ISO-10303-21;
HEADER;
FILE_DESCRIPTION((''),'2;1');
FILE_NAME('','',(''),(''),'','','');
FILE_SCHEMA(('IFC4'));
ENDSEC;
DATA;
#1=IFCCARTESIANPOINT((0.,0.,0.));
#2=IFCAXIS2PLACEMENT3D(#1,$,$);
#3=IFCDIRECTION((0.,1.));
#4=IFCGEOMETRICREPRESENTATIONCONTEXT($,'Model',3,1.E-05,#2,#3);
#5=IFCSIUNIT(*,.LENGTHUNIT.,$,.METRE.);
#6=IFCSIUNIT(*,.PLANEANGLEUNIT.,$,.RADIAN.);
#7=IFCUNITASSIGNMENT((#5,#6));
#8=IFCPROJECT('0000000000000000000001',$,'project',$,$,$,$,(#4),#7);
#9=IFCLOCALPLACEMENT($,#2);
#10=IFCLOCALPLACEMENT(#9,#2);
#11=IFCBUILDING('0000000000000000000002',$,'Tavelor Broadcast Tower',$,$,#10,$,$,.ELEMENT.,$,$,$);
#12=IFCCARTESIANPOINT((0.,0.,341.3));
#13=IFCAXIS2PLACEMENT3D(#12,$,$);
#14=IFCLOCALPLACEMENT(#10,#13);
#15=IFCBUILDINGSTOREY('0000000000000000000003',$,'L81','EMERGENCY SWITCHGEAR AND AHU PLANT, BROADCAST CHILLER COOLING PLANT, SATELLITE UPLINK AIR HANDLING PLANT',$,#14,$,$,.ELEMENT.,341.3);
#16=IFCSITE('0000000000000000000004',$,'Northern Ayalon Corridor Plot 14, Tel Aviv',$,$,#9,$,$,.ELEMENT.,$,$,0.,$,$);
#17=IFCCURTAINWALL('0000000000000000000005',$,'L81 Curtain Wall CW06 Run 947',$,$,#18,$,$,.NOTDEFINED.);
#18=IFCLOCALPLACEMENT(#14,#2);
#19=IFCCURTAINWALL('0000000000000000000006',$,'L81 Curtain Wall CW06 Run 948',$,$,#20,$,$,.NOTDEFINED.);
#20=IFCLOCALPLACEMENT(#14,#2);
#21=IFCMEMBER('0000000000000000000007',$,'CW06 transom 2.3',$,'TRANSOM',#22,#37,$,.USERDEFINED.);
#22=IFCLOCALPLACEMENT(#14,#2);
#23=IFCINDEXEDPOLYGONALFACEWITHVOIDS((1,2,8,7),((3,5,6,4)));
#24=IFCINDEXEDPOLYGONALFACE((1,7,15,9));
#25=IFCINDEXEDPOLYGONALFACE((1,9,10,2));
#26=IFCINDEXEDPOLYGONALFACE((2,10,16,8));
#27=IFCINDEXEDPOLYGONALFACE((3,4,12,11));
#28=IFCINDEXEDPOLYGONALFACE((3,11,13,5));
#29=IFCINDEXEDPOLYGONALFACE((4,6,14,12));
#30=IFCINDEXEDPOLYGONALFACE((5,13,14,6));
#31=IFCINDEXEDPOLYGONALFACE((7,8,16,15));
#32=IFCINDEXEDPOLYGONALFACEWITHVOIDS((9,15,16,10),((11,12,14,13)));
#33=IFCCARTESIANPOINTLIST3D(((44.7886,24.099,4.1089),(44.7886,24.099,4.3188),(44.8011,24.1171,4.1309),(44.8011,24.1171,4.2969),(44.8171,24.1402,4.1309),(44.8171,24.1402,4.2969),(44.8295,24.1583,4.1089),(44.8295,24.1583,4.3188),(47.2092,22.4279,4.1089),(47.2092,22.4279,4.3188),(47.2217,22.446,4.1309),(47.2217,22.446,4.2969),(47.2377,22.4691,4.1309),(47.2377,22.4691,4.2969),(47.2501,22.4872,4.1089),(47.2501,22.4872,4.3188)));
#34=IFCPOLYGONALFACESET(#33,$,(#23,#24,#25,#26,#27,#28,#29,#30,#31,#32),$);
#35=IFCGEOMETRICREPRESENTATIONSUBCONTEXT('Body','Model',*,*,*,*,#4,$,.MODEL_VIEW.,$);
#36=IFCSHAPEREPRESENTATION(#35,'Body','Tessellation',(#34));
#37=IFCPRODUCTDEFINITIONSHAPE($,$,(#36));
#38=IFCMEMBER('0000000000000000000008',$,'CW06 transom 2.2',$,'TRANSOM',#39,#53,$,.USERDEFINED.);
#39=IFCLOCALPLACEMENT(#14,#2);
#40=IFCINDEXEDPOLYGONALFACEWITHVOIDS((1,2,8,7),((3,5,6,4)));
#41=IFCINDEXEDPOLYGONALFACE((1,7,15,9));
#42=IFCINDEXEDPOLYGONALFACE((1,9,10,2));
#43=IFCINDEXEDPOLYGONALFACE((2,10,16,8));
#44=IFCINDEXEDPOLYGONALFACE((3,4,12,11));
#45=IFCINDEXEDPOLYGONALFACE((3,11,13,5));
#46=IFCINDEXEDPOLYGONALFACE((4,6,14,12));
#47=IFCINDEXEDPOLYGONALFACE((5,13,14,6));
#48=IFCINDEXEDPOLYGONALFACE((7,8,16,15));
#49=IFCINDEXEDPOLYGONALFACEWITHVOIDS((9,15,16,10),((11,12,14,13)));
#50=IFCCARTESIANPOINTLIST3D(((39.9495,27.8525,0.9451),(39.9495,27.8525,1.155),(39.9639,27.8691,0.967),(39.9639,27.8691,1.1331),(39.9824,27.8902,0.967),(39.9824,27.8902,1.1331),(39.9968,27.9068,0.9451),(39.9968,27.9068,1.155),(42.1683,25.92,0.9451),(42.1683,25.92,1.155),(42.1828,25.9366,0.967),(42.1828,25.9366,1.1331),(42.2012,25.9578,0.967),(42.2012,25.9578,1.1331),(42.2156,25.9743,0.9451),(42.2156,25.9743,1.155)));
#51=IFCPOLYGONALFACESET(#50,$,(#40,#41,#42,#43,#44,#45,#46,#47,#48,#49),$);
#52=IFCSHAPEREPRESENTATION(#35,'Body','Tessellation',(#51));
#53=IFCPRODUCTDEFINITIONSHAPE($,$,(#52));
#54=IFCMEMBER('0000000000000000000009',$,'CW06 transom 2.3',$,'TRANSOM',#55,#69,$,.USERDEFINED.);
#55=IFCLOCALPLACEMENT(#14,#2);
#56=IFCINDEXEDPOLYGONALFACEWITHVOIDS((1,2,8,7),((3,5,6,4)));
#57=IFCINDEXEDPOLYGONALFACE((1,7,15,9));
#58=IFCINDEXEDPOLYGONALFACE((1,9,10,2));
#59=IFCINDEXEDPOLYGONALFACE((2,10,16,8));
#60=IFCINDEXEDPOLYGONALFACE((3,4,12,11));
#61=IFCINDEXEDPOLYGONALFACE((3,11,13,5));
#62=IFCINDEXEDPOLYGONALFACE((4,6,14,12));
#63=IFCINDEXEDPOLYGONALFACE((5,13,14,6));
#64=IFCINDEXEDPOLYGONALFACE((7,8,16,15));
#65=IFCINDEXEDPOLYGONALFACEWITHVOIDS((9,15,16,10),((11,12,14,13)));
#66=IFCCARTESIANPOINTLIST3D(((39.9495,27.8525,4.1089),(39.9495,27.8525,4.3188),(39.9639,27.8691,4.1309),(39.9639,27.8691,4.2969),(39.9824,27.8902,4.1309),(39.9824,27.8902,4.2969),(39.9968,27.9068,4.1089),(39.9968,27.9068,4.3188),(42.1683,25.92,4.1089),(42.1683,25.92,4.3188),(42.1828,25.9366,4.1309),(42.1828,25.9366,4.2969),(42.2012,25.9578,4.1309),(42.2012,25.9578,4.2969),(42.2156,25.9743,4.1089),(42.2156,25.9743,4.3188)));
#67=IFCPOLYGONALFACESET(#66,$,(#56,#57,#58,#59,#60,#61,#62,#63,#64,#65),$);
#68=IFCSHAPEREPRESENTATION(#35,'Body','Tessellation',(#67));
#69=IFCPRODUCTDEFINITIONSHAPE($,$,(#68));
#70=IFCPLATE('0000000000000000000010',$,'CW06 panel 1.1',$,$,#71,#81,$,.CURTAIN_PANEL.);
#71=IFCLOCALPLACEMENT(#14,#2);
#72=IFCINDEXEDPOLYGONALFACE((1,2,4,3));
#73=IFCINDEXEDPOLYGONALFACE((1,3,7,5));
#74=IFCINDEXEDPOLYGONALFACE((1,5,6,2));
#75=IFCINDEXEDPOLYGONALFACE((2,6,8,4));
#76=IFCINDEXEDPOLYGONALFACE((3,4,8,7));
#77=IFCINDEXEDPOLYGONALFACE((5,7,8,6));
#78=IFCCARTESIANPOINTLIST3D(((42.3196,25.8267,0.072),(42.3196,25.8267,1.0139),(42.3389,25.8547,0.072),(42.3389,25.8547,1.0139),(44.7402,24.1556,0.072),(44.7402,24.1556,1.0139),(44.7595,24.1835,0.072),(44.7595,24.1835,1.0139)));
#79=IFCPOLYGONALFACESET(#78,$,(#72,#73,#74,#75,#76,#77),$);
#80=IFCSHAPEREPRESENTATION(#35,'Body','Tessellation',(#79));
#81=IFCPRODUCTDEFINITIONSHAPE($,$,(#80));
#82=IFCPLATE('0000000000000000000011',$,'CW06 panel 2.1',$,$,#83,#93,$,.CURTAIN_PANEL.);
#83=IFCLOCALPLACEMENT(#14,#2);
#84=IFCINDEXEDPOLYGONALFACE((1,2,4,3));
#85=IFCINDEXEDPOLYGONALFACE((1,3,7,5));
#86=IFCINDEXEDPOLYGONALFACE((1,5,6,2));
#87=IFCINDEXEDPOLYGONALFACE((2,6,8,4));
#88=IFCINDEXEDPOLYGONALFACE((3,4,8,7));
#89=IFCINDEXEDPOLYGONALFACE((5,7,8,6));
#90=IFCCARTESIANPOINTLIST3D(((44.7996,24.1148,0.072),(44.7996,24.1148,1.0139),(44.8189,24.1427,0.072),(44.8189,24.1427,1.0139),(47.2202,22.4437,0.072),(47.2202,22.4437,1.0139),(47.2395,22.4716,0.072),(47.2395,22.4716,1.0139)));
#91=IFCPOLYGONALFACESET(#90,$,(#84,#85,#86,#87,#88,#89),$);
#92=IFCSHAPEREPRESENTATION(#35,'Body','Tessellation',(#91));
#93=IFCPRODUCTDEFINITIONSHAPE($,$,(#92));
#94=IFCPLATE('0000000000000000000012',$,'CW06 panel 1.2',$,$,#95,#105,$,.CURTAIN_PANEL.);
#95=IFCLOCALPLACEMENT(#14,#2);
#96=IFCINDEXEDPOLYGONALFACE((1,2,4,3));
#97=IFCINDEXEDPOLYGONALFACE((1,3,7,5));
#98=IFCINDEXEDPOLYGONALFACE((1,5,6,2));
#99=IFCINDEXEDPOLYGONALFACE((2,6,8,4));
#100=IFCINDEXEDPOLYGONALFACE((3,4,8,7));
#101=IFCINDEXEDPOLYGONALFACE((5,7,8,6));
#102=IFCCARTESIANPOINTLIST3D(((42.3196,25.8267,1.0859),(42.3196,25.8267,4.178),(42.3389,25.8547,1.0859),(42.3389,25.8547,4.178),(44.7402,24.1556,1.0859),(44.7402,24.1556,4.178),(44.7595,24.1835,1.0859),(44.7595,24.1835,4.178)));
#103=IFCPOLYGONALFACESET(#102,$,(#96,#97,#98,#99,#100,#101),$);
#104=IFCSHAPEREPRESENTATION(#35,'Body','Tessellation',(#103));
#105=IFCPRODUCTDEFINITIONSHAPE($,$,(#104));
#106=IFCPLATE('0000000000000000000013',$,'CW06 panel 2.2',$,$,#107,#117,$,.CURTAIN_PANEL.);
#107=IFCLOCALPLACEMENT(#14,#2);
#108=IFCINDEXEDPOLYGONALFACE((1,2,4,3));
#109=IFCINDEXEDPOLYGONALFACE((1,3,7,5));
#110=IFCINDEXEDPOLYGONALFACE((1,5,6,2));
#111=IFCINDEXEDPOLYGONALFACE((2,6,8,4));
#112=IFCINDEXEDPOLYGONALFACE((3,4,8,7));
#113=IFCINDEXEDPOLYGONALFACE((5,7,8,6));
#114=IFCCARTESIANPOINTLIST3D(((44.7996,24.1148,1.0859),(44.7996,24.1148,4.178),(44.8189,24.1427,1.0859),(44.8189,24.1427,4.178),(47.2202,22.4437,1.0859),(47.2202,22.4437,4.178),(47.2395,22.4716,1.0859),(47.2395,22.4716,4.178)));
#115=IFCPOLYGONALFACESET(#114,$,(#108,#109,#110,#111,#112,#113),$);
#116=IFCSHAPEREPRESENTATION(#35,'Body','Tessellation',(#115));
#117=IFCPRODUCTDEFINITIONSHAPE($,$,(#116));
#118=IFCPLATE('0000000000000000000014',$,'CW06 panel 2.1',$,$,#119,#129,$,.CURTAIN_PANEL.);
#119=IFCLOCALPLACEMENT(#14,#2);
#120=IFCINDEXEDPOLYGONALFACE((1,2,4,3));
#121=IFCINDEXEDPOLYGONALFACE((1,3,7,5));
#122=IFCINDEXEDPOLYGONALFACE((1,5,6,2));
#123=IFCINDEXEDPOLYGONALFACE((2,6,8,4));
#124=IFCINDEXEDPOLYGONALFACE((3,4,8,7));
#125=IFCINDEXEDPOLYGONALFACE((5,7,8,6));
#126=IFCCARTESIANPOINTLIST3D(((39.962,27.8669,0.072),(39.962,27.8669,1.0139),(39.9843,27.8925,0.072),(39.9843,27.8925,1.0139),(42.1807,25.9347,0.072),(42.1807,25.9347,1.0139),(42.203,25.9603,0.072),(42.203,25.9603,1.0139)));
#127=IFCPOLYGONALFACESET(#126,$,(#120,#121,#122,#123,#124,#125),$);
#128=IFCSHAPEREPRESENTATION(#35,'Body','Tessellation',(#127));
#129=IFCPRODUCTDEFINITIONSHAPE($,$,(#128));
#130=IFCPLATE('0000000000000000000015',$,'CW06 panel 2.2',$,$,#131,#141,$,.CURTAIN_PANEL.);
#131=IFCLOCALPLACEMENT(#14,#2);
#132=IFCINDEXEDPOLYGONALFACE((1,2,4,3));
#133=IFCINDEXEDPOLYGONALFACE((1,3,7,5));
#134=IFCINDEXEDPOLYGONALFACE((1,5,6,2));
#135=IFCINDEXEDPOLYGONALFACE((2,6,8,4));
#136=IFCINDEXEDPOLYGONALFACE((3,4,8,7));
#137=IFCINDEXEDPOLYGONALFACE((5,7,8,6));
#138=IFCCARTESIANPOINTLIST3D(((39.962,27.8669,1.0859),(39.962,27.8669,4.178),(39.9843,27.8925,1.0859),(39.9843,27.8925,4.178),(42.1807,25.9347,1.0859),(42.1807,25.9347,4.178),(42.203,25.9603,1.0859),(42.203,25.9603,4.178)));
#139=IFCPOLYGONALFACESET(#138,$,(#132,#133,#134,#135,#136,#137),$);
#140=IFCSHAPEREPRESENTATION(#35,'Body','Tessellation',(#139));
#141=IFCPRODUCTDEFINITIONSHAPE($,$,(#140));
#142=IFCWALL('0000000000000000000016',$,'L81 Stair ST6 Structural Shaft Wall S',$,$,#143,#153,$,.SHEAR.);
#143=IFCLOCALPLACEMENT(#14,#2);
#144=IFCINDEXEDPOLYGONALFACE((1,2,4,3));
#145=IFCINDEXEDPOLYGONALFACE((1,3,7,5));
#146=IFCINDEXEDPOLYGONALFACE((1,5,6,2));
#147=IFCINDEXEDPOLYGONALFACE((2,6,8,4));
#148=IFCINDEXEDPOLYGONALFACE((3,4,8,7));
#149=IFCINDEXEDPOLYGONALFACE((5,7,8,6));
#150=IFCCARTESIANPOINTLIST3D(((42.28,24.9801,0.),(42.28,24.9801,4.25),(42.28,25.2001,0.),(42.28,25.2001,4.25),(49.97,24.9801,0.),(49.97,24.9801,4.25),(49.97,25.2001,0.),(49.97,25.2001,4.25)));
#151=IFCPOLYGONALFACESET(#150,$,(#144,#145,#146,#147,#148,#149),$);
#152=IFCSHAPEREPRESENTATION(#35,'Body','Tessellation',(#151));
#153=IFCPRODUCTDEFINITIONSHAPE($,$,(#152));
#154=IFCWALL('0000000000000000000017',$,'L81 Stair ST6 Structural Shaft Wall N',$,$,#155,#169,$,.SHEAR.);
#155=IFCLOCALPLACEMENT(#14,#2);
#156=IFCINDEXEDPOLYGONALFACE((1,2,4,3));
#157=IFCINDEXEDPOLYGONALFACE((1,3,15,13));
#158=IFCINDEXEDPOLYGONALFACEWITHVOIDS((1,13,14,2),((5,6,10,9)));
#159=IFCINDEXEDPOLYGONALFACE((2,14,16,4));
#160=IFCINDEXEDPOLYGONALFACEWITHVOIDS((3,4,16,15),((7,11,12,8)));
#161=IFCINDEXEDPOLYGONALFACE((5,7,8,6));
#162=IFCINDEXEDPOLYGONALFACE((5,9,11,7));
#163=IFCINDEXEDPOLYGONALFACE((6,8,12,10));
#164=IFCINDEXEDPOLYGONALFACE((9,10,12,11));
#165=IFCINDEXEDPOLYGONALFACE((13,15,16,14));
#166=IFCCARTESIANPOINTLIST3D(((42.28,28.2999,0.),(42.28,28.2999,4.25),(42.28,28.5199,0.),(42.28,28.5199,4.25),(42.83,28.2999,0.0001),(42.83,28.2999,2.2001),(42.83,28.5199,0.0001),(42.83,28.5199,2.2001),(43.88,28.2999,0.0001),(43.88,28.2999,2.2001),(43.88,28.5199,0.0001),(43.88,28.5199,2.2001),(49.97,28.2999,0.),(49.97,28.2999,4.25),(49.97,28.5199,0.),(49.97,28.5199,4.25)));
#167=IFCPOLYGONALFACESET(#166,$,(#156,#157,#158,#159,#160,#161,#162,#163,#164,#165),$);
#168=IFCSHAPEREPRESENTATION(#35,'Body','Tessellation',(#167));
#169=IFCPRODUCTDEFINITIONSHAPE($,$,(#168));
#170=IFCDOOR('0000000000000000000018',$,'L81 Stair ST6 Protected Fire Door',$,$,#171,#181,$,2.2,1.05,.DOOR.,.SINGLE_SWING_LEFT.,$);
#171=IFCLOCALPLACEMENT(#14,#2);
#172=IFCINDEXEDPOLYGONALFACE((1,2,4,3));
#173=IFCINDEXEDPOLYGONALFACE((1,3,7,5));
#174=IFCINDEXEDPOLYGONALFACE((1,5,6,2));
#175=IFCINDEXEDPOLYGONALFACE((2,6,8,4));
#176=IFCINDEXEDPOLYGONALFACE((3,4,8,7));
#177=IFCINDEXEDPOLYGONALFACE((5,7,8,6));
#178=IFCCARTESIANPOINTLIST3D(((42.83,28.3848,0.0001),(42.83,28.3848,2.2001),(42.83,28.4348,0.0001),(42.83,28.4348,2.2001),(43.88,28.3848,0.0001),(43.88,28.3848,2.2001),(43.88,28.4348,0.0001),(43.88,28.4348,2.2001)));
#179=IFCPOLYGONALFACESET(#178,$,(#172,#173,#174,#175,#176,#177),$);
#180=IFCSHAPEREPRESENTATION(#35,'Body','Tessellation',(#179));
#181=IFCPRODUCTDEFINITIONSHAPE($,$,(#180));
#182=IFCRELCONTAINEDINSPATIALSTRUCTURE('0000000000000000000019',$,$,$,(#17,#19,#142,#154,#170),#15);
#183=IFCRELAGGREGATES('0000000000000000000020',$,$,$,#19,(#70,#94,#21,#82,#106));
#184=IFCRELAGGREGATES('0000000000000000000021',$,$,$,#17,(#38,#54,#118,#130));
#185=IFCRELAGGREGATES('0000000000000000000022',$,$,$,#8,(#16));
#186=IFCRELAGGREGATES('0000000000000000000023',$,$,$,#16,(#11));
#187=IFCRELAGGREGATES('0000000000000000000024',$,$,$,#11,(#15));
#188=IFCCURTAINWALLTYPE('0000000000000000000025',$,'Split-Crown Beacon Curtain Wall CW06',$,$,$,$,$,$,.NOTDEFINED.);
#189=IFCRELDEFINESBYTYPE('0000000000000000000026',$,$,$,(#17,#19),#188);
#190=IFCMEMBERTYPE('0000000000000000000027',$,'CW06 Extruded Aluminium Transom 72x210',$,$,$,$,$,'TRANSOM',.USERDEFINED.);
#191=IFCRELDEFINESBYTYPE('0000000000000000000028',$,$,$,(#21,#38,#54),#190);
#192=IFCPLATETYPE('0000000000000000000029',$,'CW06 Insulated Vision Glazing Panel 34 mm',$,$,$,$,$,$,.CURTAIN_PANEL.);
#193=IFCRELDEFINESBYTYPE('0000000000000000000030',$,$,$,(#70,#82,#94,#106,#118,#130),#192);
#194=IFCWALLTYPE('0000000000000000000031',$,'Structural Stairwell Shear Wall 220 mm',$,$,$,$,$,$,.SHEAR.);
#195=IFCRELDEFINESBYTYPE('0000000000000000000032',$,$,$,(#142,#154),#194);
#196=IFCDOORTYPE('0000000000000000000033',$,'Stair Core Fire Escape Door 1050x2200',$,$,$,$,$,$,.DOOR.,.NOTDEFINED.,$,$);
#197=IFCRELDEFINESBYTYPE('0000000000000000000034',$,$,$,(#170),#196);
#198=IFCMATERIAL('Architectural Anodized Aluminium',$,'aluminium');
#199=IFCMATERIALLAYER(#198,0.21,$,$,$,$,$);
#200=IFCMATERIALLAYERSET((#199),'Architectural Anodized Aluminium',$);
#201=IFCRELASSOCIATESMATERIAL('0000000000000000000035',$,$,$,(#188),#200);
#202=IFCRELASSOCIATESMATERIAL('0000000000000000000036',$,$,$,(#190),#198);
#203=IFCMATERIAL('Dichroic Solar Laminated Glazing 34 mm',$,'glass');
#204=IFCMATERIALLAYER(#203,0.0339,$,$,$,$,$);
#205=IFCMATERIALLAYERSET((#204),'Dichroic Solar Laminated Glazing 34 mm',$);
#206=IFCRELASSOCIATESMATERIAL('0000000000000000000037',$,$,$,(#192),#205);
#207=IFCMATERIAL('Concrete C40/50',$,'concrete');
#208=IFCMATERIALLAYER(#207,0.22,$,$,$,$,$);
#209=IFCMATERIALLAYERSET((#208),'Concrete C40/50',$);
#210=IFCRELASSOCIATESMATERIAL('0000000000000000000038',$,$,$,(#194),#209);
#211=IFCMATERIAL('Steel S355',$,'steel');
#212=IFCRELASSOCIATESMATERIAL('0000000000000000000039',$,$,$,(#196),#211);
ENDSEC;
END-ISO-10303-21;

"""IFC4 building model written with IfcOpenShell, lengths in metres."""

from ifc_helpers import new_model, si_unit, direction, frame, frame_2d, origin, origin_2d, place, context, subcontext, project, spatial, rectangle, hollow_rectangle, extrude, source, transform, mapped, material, layer, layer_set, material_profile, profile_set, type_object, type_shapes, element, fill, aggregate, save


model = new_model("IFC4")

# Units and contexts
model_context = context("Model", 3, precision=1e-05, world=origin(), true_north=direction((0.0, 1.0)))
body_context = subcontext(model_context, "Body", "Model", "MODEL_VIEW")
ifc_project = project(units=[si_unit("LENGTHUNIT", "METRE"), si_unit("PLANEANGLEUNIT", "RADIAN")], contexts=[model_context])

# Site, building, storey
site_placement = place(None, origin())
site = spatial("IfcSite", under=ifc_project, at=site_placement, Name="Northern Ayalon Corridor Plot 14, Tel Aviv", CompositionType="ELEMENT", RefElevation=0.0)
building_placement = place(site_placement, origin())
building = spatial("IfcBuilding", under=site, at=building_placement, Name="Tavelor Broadcast Tower", CompositionType="ELEMENT")
storey_placement = place(building_placement, frame((0.0, 0.0, 341.3)))
storey = spatial("IfcBuildingStorey", under=building, at=storey_placement, Name="L81", Description="EMERGENCY SWITCHGEAR AND AHU PLANT, BROADCAST CHILLER COOLING PLANT, SATELLITE UPLINK AIR HANDLING PLANT", CompositionType="ELEMENT", Elevation=341.3)

# Curtain wall
ifc_material_1 = material(Name="Architectural Anodized Aluminium", Category="aluminium")
ifc_layer_1 = layer(ifc_material_1, 0.21)
ifc_layer_set_1 = layer_set([ifc_layer_1], Name="Architectural Anodized Aluminium")
curtain_wall_type = type_object("IfcCurtainWallType", Name="Split-Crown Beacon Curtain Wall CW06", PredefinedType="NOTDEFINED", material=ifc_layer_set_1)
curtain_wall_1_placement = place(storey_placement, origin())
curtain_wall_1 = element("IfcCurtainWall", 1, at=curtain_wall_1_placement, inside=storey, type_object=curtain_wall_type, Name="L81 Curtain Wall CW06 Run 947", PredefinedType="NOTDEFINED")

# Curtain wall
curtain_wall_2_placement = place(storey_placement, origin())
curtain_wall_2 = element("IfcCurtainWall", 2, at=curtain_wall_2_placement, inside=storey, type_object=curtain_wall_type, Name="L81 Curtain Wall CW06 Run 948", PredefinedType="NOTDEFINED")
ifc_material_profile_1 = material_profile(ifc_material_1, hollow_rectangle(XDim=0.072, YDim=0.21, WallThickness=0.022, at=origin_2d()), Name="RHS 72x210x22")
ifc_profile_set_1 = profile_set([ifc_material_profile_1], Name="Architectural Anodized Aluminium")
member_type_1 = type_object("IfcMemberType", Name="CW06 Extruded Aluminium Transom 72x210", ElementType="TRANSOM", PredefinedType="USERDEFINED", material=ifc_profile_set_1)

# Members
shared_shape_1 = source(origin(), body_context, "Body", "SweptSolid", [
    extrude(hollow_rectangle(XDim=0.072, YDim=0.21, WallThickness=0.022, at=origin_2d()), origin(), (0.0, 0.0, 1.0), 2.9414),
])
member_1_placement = place(storey_placement, frame((44.8091, 24.1287, 4.2139), z_axis=(0.822938, -0.56813, 0.0), x_axis=(0.56813, 0.822938, 0.0)))
member_1 = element("IfcMember", 3, at=member_1_placement, type_object=member_type_1, Name="CW06 transom 2.3", ObjectType="TRANSOM", PredefinedType="USERDEFINED", context=body_context, shape_type="MappedRepresentation", body=[
    mapped(shared_shape_1, transform((0.0, 0.0, 0.0), scale=1.0)),
])
shared_shape_2 = source(origin(), body_context, "Body", "SweptSolid", [
    extrude(hollow_rectangle(XDim=0.072, YDim=0.21, WallThickness=0.022, at=origin_2d()), origin(), (0.0, 0.0, 1.0), 2.9424),
])
member_2_placement = place(storey_placement, frame((39.9731, 27.8796, 1.05), z_axis=(0.754096, -0.656764, 0.0), x_axis=(0.656764, 0.754096, 0.0)))
member_2 = element("IfcMember", 4, at=member_2_placement, type_object=member_type_1, Name="CW06 transom 2.2", ObjectType="TRANSOM", PredefinedType="USERDEFINED", context=body_context, shape_type="MappedRepresentation", body=[
    mapped(shared_shape_2, transform((0.0, 0.0, 0.0), scale=1.0)),
])
member_3_placement = place(storey_placement, frame((39.9731, 27.8796, 4.2139), z_axis=(0.754096, -0.656764, 0.0), x_axis=(0.656764, 0.754096, 0.0)))
member_3 = element("IfcMember", 5, at=member_3_placement, type_object=member_type_1, Name="CW06 transom 2.3", ObjectType="TRANSOM", PredefinedType="USERDEFINED", context=body_context, shape_type="MappedRepresentation", body=[
    mapped(shared_shape_2, transform((0.0, 0.0, 0.0), scale=1.0)),
])

# Plates
ifc_material_2 = material(Name="Dichroic Solar Laminated Glazing 34 mm", Category="glass")
ifc_layer_2 = layer(ifc_material_2, 0.0339)
ifc_layer_set_2 = layer_set([ifc_layer_2], Name="Dichroic Solar Laminated Glazing 34 mm")
plate_type = type_object("IfcPlateType", Name="CW06 Insulated Vision Glazing Panel 34 mm", PredefinedType="CURTAIN_PANEL", material=ifc_layer_set_2)
shared_shape_3 = source(origin(), body_context, "Body", "SweptSolid", [
    extrude(rectangle(XDim=2.9414, YDim=0.0339, at=origin_2d()), origin(), (0.0, 0.0, 1.0), 0.9419),
])
plate_1_placement = place(storey_placement, frame((43.5396, 25.0051, 0.072), z_axis=(0.0, 0.0, 1.0), x_axis=(0.822933, -0.568139, 0.0)))
plate_1 = element("IfcPlate", 6, at=plate_1_placement, type_object=plate_type, Name="CW06 panel 1.1", PredefinedType="CURTAIN_PANEL", context=body_context, shape_type="MappedRepresentation", body=[
    mapped(shared_shape_3, transform((0.0, 0.0, 0.0), scale=1.0)),
])
plate_2_placement = place(storey_placement, frame((46.0195, 23.2932, 0.072), z_axis=(0.0, 0.0, 1.0), x_axis=(0.822933, -0.568139, 0.0)))
plate_2 = element("IfcPlate", 7, at=plate_2_placement, type_object=plate_type, Name="CW06 panel 2.1", PredefinedType="CURTAIN_PANEL", context=body_context, shape_type="MappedRepresentation", body=[
    mapped(shared_shape_3, transform((0.0, 0.0, 0.0), scale=1.0)),
])
shared_shape_4 = source(origin(), body_context, "Body", "SweptSolid", [
    extrude(rectangle(XDim=2.9414, YDim=0.0339, at=origin_2d()), origin(), (0.0, 0.0, 1.0), 3.092),
])
plate_3_placement = place(storey_placement, frame((43.5396, 25.0051, 1.0859), z_axis=(0.0, 0.0, 1.0), x_axis=(0.822933, -0.568139, 0.0)))
plate_3 = element("IfcPlate", 8, at=plate_3_placement, type_object=plate_type, Name="CW06 panel 1.2", PredefinedType="CURTAIN_PANEL", context=body_context, shape_type="MappedRepresentation", body=[
    mapped(shared_shape_4, transform((0.0, 0.0, 0.0), scale=1.0)),
])
plate_4_placement = place(storey_placement, frame((46.0195, 23.2932, 1.0859), z_axis=(0.0, 0.0, 1.0), x_axis=(0.822933, -0.568139, 0.0)))
plate_4 = element("IfcPlate", 9, at=plate_4_placement, type_object=plate_type, Name="CW06 panel 2.2", PredefinedType="CURTAIN_PANEL", context=body_context, shape_type="MappedRepresentation", body=[
    mapped(shared_shape_4, transform((0.0, 0.0, 0.0), scale=1.0)),
])
aggregate(curtain_wall_2, [plate_1, plate_3, member_1, plate_2, plate_4])
shared_shape_5 = source(origin(), body_context, "Body", "SweptSolid", [
    extrude(rectangle(XDim=2.9421, YDim=0.0339, at=origin_2d()), origin(), (0.0, 0.0, 1.0), 0.9419),
])
plate_5_placement = place(storey_placement, frame((41.0825, 26.9136, 0.072), z_axis=(0.0, 0.0, 1.0), x_axis=(0.754115, -0.656742, 0.0)))
plate_5 = element("IfcPlate", 10, at=plate_5_placement, type_object=plate_type, Name="CW06 panel 2.1", PredefinedType="CURTAIN_PANEL", context=body_context, shape_type="MappedRepresentation", body=[
    mapped(shared_shape_5, transform((0.0, 0.0, 0.0), scale=1.0)),
])
shared_shape_6 = source(origin(), body_context, "Body", "SweptSolid", [
    extrude(rectangle(XDim=2.9421, YDim=0.0339, at=origin_2d()), origin(), (0.0, 0.0, 1.0), 3.092),
])
type_shapes(plate_type, [shared_shape_3, shared_shape_4, shared_shape_5, shared_shape_6])
plate_6_placement = place(storey_placement, frame((41.0825, 26.9136, 1.0859), z_axis=(0.0, 0.0, 1.0), x_axis=(0.754115, -0.656742, 0.0)))
plate_6 = element("IfcPlate", 11, at=plate_6_placement, type_object=plate_type, Name="CW06 panel 2.2", PredefinedType="CURTAIN_PANEL", context=body_context, shape_type="MappedRepresentation", body=[
    mapped(shared_shape_6, transform((0.0, 0.0, 0.0), scale=1.0)),
])
aggregate(curtain_wall_1, [member_2, member_3, plate_5, plate_6])

# Wall
ifc_material_3 = material(Name="Concrete C40/50", Category="concrete")
ifc_layer_3 = layer(ifc_material_3, 0.22)
ifc_layer_set_3 = layer_set([ifc_layer_3], Name="Concrete C40/50")
wall_type = type_object("IfcWallType", Name="Structural Stairwell Shear Wall 220 mm", PredefinedType="SHEAR", material=ifc_layer_set_3)
wall_1_placement = place(storey_placement, frame((42.28, 25.0901, 0.0), z_axis=(0.0, 0.0, 1.0), x_axis=(1.0, 0.0, 0.0)))
element("IfcWall", 12, at=wall_1_placement, inside=storey, type_object=wall_type, Name="L81 Stair ST6 Structural Shaft Wall S", PredefinedType="SHEAR", context=body_context, shape_type="SweptSolid", body=[
    extrude(rectangle(XDim=7.6899, YDim=0.22, at=frame_2d((3.845, 0.0))), origin(), (0.0, 0.0, 1.0), 4.25),
])

# Wall, opening, door
wall_2_placement = place(storey_placement, frame((42.28, 28.4099, 0.0), z_axis=(0.0, 0.0, 1.0), x_axis=(1.0, 0.0, 0.0)))
wall_2 = element("IfcWall", 13, at=wall_2_placement, inside=storey, type_object=wall_type, Name="L81 Stair ST6 Structural Shaft Wall N", PredefinedType="SHEAR", context=body_context, shape_type="SweptSolid", body=[
    extrude(rectangle(XDim=7.6899, YDim=0.22, at=frame_2d((3.845, 0.0))), origin(), (0.0, 0.0, 1.0), 4.25),
])
opening_placement = place(wall_2_placement, frame((0.55, 0.0, 0.0)))
opening = element("IfcOpeningElement", 14, at=opening_placement, cuts=wall_2, PredefinedType="OPENING", context=body_context, shape_type="SweptSolid", body=[
    extrude(rectangle(XDim=1.05, YDim=2.2, at=frame_2d((0.5249, 1.1001))), frame((0.0, 0.1201, 0.0), z_axis=(0.0, -1.0, 0.0), x_axis=(1.0, 0.0, 0.0)), (0.0, 0.0, 1.0), 0.24),
])
ifc_material_4 = material(Name="Steel S355", Category="steel")
door_type = type_object("IfcDoorType", Name="Stair Core Fire Escape Door 1050x2200", OperationType="NOTDEFINED", PredefinedType="DOOR", material=ifc_material_4)
door_placement = place(opening_placement, origin())
door = element("IfcDoor", 15, at=door_placement, inside=storey, type_object=door_type, Name="L81 Stair ST6 Protected Fire Door", OperationType="SINGLE_SWING_LEFT", OverallHeight=2.2, OverallWidth=1.05, PredefinedType="DOOR", context=body_context, shape_type="SweptSolid", body=[
    extrude(rectangle(XDim=1.05, YDim=2.2, at=frame_2d((0.5249, 1.1001))), frame((0.0, 0.0249, 0.0), z_axis=(0.0, -1.0, 0.0), x_axis=(1.0, 0.0, 0.0)), (0.0, 0.0, 1.0), 0.05),
])
fill(opening, door)

save(model, "model.ifc")
